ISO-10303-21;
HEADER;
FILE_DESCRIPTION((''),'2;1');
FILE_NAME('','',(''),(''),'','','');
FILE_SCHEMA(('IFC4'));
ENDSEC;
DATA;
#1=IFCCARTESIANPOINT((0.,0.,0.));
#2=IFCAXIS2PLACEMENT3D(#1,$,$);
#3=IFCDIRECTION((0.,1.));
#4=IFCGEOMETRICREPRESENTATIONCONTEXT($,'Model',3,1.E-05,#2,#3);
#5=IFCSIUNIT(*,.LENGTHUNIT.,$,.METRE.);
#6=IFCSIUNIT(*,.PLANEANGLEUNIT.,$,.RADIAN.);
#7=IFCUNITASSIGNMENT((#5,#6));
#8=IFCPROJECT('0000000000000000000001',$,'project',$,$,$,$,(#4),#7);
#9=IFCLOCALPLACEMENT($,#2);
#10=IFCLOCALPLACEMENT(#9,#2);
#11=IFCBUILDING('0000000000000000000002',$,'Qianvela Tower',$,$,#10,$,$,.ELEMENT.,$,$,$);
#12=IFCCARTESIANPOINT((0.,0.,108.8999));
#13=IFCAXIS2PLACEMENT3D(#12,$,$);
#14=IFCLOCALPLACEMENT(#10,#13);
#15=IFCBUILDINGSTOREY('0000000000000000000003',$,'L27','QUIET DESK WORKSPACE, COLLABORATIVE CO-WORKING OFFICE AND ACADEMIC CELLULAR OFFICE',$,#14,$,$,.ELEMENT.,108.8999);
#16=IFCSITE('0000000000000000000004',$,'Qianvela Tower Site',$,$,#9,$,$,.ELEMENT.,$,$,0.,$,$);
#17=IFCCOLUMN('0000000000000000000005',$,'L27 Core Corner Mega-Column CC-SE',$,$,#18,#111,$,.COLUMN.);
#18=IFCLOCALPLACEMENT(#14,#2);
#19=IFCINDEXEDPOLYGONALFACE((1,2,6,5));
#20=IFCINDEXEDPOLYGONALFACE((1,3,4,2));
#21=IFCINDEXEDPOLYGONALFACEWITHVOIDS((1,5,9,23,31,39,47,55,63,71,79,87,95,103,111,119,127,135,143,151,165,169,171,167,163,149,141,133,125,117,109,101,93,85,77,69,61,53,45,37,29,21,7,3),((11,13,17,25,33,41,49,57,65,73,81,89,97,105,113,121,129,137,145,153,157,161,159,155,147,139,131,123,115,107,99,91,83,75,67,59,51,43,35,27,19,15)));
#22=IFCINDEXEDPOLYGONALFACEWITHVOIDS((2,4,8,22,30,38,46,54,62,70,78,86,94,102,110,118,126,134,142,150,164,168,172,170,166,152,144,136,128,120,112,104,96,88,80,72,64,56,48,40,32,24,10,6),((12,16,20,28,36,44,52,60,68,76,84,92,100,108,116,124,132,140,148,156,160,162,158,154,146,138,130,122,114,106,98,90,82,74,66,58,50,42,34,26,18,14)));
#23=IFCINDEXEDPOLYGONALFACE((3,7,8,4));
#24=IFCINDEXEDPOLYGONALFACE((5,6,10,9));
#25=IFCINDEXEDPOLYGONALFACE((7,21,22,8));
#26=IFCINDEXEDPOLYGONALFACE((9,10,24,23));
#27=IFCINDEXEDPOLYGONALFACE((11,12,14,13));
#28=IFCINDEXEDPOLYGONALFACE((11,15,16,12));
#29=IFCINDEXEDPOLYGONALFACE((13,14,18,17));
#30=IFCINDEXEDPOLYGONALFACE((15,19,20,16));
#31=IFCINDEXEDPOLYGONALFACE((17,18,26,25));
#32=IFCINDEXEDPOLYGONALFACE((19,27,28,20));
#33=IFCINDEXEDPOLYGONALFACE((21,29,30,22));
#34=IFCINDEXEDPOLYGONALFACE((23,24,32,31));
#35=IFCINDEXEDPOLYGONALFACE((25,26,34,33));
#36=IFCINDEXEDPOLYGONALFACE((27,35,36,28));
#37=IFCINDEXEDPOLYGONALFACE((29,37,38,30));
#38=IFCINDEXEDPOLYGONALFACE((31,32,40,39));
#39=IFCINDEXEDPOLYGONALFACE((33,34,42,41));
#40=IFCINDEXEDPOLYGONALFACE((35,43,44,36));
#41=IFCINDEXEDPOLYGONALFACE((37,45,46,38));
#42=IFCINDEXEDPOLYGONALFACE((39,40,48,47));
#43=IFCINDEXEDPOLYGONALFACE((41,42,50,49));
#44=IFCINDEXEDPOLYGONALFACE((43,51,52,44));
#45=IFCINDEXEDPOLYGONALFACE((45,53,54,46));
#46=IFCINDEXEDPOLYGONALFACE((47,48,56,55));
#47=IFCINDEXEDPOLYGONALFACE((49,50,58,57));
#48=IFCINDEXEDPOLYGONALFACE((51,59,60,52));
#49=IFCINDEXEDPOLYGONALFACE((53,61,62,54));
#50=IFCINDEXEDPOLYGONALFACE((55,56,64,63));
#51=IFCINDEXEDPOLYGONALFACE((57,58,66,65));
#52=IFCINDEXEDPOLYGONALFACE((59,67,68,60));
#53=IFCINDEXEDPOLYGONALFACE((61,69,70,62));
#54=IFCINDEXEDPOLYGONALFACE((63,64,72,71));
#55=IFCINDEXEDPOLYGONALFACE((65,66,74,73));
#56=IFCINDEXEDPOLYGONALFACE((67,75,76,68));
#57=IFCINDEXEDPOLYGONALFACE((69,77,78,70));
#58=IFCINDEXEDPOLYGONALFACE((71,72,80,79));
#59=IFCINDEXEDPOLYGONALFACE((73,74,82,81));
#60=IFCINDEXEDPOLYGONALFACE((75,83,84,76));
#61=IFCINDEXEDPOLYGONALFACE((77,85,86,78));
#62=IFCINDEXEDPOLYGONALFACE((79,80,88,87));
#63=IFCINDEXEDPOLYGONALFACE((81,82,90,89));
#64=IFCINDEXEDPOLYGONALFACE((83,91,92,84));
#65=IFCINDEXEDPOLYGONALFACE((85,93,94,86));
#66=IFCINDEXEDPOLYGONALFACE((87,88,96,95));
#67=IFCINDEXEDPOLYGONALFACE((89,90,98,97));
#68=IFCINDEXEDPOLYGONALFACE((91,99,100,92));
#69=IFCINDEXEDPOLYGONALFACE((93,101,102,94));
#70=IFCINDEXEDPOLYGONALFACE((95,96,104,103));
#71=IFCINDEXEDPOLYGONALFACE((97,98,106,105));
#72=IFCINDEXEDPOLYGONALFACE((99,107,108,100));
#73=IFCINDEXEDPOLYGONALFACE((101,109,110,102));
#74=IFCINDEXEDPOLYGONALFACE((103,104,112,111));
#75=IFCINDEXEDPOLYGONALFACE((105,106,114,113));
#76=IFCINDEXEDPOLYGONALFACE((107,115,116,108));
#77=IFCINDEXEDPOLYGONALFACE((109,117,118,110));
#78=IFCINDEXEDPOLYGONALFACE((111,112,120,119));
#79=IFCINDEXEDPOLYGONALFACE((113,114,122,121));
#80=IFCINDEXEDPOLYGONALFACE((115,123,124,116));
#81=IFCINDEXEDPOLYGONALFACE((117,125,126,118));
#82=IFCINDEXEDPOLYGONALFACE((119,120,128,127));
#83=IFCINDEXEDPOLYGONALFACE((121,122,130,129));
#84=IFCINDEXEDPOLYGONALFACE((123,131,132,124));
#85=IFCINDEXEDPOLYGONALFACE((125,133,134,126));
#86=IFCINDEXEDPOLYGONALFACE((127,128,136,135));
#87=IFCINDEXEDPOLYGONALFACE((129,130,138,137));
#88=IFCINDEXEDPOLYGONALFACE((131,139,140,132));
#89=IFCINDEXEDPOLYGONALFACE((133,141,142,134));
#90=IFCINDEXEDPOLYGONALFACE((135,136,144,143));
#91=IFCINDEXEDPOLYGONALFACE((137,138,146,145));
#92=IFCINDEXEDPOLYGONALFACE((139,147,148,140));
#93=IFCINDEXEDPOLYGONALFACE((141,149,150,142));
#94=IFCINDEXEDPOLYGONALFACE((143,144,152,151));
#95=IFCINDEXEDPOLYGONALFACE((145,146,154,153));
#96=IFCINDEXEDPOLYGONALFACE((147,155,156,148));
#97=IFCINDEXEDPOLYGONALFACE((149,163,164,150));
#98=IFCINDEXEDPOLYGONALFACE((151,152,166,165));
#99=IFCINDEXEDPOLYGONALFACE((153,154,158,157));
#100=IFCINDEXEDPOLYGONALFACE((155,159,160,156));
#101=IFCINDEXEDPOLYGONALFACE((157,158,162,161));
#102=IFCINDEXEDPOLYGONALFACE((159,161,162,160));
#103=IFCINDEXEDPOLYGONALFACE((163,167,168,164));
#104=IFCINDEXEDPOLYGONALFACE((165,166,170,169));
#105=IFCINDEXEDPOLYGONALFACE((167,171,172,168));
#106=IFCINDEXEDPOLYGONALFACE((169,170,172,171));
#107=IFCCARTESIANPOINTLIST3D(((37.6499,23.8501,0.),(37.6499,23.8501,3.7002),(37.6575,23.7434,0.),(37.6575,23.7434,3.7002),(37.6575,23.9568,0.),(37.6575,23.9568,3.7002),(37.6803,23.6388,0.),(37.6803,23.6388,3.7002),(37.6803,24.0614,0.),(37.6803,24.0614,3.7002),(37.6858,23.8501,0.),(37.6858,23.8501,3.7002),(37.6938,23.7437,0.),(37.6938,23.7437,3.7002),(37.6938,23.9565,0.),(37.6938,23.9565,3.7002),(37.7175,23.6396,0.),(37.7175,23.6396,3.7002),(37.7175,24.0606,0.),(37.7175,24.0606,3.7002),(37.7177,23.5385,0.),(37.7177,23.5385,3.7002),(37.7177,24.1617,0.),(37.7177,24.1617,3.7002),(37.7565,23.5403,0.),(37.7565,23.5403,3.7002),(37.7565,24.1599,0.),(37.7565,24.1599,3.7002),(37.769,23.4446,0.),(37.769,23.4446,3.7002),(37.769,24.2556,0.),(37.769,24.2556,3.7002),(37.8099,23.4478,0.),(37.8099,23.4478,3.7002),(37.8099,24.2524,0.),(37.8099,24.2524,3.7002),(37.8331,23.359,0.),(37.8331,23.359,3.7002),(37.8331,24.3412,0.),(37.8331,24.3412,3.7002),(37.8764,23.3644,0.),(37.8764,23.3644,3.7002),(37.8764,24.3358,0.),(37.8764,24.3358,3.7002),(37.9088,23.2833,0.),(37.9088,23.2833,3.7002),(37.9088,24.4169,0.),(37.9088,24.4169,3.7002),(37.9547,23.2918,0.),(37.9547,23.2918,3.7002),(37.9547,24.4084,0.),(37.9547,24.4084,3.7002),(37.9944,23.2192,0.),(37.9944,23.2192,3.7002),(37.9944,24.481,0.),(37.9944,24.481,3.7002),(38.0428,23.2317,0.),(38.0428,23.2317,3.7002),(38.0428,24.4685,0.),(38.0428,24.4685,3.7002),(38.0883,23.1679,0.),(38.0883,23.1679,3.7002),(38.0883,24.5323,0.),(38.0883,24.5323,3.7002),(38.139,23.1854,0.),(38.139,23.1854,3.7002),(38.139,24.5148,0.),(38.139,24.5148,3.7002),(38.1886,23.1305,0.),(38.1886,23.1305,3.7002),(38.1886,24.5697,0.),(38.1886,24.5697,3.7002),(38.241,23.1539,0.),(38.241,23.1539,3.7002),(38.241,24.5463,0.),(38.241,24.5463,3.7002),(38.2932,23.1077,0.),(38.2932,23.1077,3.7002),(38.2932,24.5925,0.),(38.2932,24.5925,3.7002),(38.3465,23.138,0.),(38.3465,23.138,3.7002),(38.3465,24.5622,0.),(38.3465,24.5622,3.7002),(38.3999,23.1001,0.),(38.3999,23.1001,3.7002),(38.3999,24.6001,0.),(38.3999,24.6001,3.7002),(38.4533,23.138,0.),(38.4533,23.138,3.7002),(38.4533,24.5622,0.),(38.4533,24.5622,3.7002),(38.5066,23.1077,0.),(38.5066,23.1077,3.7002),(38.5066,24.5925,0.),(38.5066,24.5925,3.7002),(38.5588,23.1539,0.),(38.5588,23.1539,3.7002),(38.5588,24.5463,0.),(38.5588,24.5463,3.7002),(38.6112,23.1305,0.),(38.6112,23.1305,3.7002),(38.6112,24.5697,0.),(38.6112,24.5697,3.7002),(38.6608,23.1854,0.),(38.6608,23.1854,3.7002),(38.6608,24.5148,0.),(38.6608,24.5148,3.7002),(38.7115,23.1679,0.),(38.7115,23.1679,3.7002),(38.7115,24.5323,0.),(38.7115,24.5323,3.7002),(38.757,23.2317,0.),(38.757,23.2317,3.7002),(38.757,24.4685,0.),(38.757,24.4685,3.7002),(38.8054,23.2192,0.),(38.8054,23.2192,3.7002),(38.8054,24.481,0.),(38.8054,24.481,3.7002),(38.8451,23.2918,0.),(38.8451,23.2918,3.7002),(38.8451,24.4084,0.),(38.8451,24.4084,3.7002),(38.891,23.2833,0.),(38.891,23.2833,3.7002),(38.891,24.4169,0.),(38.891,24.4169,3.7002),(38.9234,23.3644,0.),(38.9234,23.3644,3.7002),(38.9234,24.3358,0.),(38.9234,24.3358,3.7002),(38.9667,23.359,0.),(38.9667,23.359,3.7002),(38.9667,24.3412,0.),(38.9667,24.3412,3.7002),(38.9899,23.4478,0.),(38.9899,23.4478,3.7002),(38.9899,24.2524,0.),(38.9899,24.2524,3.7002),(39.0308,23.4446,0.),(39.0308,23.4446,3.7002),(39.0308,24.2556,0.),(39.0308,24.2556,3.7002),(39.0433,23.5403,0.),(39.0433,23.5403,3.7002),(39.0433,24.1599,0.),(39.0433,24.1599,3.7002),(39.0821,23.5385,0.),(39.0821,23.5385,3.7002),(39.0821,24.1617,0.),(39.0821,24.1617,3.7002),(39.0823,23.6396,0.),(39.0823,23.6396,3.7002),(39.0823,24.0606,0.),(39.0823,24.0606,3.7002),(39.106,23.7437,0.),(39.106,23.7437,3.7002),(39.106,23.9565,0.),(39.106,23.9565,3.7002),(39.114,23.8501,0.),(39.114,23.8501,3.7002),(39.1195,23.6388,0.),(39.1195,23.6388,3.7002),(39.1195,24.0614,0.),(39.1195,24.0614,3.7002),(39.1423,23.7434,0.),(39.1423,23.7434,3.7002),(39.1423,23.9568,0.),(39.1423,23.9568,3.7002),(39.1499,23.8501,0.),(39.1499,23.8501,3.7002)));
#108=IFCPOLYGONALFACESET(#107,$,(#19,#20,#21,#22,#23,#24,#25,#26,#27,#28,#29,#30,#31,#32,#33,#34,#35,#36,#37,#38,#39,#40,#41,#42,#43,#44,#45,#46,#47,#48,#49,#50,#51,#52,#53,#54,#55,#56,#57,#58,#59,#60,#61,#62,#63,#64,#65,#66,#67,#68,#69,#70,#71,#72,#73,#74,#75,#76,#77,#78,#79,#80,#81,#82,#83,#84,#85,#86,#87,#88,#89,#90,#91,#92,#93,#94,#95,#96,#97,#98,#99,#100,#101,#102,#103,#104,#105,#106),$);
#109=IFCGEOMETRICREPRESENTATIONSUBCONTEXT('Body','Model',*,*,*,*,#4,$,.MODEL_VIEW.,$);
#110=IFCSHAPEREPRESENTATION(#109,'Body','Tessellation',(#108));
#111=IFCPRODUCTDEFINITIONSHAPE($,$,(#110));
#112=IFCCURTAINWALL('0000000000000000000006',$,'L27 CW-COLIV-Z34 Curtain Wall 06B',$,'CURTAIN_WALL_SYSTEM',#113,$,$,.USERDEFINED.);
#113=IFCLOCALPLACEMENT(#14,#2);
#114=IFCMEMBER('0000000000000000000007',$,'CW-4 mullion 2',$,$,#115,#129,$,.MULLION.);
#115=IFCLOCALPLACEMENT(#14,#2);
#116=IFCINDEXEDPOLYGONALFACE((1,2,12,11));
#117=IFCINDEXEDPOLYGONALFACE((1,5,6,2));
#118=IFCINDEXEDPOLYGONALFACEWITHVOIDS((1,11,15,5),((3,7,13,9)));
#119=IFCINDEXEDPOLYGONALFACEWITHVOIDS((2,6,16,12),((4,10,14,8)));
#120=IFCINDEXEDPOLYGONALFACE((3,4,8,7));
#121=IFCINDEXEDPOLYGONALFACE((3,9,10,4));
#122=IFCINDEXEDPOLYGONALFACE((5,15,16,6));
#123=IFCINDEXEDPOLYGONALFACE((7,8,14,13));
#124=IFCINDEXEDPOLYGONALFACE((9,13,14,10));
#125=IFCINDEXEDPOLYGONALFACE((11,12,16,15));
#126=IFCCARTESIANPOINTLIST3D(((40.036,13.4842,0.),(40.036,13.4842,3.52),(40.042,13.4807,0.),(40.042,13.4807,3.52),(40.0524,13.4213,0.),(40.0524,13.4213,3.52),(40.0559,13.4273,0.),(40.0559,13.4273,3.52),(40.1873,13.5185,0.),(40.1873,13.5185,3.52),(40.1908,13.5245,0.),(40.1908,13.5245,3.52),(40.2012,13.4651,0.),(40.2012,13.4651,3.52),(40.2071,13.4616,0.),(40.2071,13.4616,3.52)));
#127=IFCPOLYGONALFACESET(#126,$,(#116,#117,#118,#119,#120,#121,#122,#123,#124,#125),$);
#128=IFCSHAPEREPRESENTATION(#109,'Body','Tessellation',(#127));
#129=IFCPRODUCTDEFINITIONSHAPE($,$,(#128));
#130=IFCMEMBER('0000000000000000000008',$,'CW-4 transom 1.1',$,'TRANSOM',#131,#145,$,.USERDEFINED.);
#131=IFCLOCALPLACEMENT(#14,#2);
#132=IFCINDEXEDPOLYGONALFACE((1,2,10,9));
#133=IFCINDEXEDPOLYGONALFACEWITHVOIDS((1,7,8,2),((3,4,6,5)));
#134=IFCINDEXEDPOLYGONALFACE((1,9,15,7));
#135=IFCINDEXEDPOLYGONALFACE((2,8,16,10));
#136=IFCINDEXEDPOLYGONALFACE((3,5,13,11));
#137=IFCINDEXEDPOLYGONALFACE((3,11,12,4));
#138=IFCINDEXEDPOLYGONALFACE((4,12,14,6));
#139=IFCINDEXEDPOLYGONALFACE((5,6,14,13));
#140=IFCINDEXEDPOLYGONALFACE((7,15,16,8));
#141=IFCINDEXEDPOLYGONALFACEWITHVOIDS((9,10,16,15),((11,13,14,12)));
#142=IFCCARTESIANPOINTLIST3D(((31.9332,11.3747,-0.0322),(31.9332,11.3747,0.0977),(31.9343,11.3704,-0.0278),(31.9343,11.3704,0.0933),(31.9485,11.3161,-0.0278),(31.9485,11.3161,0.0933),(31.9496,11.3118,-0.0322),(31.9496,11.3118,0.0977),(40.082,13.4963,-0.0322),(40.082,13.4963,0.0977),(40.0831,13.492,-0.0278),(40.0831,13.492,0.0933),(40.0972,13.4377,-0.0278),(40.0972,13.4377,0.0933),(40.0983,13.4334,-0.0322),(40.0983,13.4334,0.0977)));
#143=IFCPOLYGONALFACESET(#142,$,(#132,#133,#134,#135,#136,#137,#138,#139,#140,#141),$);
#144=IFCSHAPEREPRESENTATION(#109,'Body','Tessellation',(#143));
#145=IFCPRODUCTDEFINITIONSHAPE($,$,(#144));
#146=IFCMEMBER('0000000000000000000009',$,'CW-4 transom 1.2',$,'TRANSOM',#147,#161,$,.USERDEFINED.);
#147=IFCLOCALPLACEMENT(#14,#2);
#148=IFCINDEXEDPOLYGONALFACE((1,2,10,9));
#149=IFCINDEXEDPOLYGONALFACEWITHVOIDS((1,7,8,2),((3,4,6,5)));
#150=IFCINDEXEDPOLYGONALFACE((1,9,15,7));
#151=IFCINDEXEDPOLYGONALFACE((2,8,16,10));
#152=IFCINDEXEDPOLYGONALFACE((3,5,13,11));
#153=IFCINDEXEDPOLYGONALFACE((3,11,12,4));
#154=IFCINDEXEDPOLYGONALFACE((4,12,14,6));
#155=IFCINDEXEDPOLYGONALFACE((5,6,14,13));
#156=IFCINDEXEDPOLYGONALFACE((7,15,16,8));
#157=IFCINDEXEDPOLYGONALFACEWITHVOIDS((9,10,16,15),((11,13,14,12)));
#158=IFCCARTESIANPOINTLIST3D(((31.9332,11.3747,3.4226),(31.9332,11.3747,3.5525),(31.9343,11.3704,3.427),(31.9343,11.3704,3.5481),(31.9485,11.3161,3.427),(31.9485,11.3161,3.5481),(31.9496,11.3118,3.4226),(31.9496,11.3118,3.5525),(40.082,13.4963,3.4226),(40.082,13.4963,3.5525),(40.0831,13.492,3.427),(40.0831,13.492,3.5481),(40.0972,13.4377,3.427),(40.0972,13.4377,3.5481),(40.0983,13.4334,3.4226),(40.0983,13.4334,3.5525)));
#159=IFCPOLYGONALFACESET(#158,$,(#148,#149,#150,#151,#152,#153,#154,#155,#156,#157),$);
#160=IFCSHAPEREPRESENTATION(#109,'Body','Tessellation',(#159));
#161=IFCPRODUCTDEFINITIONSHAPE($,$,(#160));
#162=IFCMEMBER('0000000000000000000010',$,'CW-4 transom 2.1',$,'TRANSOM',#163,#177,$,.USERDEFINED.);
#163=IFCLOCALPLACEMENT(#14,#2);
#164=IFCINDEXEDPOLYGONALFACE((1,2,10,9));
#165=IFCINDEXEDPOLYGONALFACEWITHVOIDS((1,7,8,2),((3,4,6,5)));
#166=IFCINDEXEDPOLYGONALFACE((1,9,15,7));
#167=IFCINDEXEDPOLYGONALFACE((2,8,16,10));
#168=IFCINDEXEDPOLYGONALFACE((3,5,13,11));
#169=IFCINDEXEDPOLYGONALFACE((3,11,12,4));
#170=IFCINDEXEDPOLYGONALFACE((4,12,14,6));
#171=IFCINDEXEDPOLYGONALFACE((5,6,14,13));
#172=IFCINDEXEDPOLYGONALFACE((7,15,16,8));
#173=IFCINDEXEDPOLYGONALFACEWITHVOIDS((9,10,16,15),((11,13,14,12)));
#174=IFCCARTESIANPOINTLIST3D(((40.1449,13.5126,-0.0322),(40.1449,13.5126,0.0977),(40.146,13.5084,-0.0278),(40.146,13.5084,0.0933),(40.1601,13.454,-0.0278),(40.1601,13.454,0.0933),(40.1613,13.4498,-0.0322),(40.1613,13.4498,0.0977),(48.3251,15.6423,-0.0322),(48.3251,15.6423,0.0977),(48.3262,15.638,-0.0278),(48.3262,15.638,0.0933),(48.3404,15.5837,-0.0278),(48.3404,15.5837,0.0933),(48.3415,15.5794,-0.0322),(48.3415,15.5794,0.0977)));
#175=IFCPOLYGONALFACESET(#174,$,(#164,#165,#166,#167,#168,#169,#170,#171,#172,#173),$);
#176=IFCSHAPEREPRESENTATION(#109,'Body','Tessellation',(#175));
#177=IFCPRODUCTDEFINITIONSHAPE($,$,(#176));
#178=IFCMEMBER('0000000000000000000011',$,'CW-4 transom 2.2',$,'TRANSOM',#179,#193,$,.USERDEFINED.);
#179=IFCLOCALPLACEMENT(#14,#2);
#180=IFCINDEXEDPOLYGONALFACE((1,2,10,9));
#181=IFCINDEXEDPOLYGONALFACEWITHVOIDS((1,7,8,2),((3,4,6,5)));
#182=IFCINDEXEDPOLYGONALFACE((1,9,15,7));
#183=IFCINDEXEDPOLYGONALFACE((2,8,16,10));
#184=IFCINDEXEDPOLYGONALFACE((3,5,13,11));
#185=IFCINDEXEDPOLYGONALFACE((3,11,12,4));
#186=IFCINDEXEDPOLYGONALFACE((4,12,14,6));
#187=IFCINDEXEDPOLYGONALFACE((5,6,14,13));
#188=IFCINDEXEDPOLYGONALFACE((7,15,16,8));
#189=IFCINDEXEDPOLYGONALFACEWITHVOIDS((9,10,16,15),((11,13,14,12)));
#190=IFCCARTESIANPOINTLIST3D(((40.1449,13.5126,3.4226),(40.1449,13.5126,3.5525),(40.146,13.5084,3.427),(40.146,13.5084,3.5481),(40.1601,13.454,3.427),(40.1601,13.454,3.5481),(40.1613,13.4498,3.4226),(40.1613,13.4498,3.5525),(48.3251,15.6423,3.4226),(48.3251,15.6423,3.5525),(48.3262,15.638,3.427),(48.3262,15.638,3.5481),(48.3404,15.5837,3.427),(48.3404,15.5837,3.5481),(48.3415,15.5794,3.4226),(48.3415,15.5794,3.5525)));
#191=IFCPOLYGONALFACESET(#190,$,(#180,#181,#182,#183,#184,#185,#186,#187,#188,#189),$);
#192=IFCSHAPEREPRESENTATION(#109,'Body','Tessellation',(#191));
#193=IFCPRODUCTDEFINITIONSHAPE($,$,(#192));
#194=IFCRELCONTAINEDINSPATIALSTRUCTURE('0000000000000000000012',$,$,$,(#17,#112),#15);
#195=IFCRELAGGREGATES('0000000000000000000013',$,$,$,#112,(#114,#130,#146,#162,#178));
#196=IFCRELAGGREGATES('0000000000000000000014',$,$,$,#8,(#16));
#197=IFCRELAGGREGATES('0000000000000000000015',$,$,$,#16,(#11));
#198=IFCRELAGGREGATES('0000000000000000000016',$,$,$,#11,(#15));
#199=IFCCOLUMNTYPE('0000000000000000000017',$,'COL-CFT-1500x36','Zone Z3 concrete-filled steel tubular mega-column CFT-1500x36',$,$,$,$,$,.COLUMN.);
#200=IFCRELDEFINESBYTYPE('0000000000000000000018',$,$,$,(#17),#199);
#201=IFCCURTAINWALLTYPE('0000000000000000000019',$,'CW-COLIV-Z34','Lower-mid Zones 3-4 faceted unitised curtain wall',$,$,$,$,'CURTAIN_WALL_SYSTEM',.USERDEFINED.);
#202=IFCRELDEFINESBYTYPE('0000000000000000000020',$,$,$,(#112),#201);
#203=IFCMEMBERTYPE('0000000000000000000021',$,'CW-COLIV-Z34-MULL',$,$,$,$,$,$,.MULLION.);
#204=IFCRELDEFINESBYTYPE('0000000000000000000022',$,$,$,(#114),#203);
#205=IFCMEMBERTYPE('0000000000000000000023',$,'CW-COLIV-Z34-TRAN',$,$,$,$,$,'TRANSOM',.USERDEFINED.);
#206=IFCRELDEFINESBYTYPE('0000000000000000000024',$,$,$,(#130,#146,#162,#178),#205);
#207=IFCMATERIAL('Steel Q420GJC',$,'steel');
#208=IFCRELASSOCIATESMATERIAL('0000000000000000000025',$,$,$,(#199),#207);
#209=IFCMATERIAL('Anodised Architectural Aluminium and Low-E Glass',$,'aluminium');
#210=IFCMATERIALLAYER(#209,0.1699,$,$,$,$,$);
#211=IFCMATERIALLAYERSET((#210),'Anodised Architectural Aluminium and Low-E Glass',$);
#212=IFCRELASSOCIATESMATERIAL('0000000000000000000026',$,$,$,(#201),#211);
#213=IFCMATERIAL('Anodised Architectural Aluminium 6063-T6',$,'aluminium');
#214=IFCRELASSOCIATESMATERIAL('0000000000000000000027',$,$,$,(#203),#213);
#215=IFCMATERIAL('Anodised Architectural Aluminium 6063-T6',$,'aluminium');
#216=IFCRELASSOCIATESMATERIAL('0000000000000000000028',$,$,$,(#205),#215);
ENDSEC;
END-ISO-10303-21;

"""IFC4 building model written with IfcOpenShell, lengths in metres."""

from ifc_helpers import new_model, si_unit, direction, frame, origin, origin_2d, place, context, subcontext, project, spatial, hollow_rectangle, hollow_circle, extrude, material, layer, layer_set, material_profile, profile_set, type_object, element, aggregate, save


model = new_model("IFC4")

# Units and contexts
model_context = context("Model", 3, precision=1e-05, world=origin(), true_north=direction((0.0, 1.0)))
body_context = subcontext(model_context, "Body", "Model", "MODEL_VIEW")
ifc_project = project(units=[si_unit("LENGTHUNIT", "METRE"), si_unit("PLANEANGLEUNIT", "RADIAN")], contexts=[model_context])

# Site, building, storey
site_placement = place(None, origin())
site = spatial("IfcSite", under=ifc_project, at=site_placement, Name="Qianvela Tower Site", CompositionType="ELEMENT", RefElevation=0.0)
building_placement = place(site_placement, origin())
building = spatial("IfcBuilding", under=site, at=building_placement, Name="Qianvela Tower", CompositionType="ELEMENT")
storey_placement = place(building_placement, frame((0.0, 0.0, 108.8999)))
storey = spatial("IfcBuildingStorey", under=building, at=storey_placement, Name="L27", Description="QUIET DESK WORKSPACE, COLLABORATIVE CO-WORKING OFFICE AND ACADEMIC CELLULAR OFFICE", CompositionType="ELEMENT", Elevation=108.8999)

# Column
ifc_material_1 = material(Name="Steel Q420GJC", Category="steel")
ifc_material_profile_1 = material_profile(ifc_material_1, hollow_circle(Radius=0.75, WallThickness=0.0359, at=origin_2d()), Name="CFT-1500x36")
ifc_profile_set_1 = profile_set([ifc_material_profile_1], Name="Steel Q420GJC")
column_type = type_object("IfcColumnType", Name="COL-CFT-1500x36", Description="Zone Z3 concrete-filled steel tubular mega-column CFT-1500x36", PredefinedType="COLUMN", material=ifc_profile_set_1)
column_placement = place(storey_placement, frame((38.3999, 23.8501, 0.0), z_axis=(0.0, 0.0, 1.0), x_axis=(1.0, 0.0, 0.0)))
element("IfcColumn", 1, at=column_placement, inside=storey, type_object=column_type, Name="L27 Core Corner Mega-Column CC-SE", PredefinedType="COLUMN", context=body_context, shape_type="SweptSolid", body=[
    extrude(hollow_circle(Radius=0.75, WallThickness=0.0359, at=origin_2d()), origin(), (0.0, 0.0, 1.0), 3.7002),
])

# Curtain wall, members
ifc_material_2 = material(Name="Anodised Architectural Aluminium and Low-E Glass", Category="aluminium")
ifc_layer_1 = layer(ifc_material_2, 0.1699)
ifc_layer_set_1 = layer_set([ifc_layer_1], Name="Anodised Architectural Aluminium and Low-E Glass")
curtain_wall_type = type_object("IfcCurtainWallType", Name="CW-COLIV-Z34", Description="Lower-mid Zones 3-4 faceted unitised curtain wall", ElementType="CURTAIN_WALL_SYSTEM", PredefinedType="USERDEFINED", material=ifc_layer_set_1)
curtain_wall_placement = place(storey_placement, origin())
curtain_wall = element("IfcCurtainWall", 2, at=curtain_wall_placement, inside=storey, type_object=curtain_wall_type, Name="L27 CW-COLIV-Z34 Curtain Wall 06B", ObjectType="CURTAIN_WALL_SYSTEM", PredefinedType="USERDEFINED")
ifc_material_3 = material(Name="Anodised Architectural Aluminium 6063-T6", Category="aluminium")
ifc_material_profile_2 = material_profile(ifc_material_3, hollow_rectangle(XDim=0.0649, YDim=0.1599, WallThickness=0.0049, at=origin_2d()), Name="ALU-MULL-65x160")
ifc_profile_set_2 = profile_set([ifc_material_profile_2], Name="Anodised Architectural Aluminium 6063-T6")
member_type_1 = type_object("IfcMemberType", Name="CW-COLIV-Z34-MULL", PredefinedType="MULLION", material=ifc_profile_set_2)
member_1_placement = place(storey_placement, frame((40.1216, 13.4729, 0.0), z_axis=(0.0, 0.0, 1.0), x_axis=(-0.251949, 0.96774, 0.0)))
member_1 = element("IfcMember", 3, at=member_1_placement, type_object=member_type_1, Name="CW-4 mullion 2", PredefinedType="MULLION", context=body_context, shape_type="SweptSolid", body=[
    extrude(hollow_rectangle(XDim=0.0649, YDim=0.1599, WallThickness=0.0049, at=origin_2d()), origin(), (0.0, 0.0, 1.0), 3.52),
])
ifc_material_4 = material(Name="Anodised Architectural Aluminium 6063-T6", Category="aluminium")
ifc_material_profile_3 = material_profile(ifc_material_4, hollow_rectangle(XDim=0.0649, YDim=0.1299, WallThickness=0.0044, at=origin_2d()), Name="ALU-TRAN-65x130")
ifc_profile_set_3 = profile_set([ifc_material_profile_3], Name="Anodised Architectural Aluminium 6063-T6")
member_type_2 = type_object("IfcMemberType", Name="CW-COLIV-Z34-TRAN", ElementType="TRANSOM", PredefinedType="USERDEFINED", material=ifc_profile_set_3)
member_2_placement = place(storey_placement, frame((31.9414, 11.3433, 0.0327), z_axis=(0.967738, 0.251959, 0.0), x_axis=(-0.251959, 0.967738, 0.0)))
member_2 = element("IfcMember", 4, at=member_2_placement, type_object=member_type_2, Name="CW-4 transom 1.1", ObjectType="TRANSOM", PredefinedType="USERDEFINED", context=body_context, shape_type="SweptSolid", body=[
    extrude(hollow_rectangle(XDim=0.0649, YDim=0.1299, WallThickness=0.0044, at=origin_2d()), origin(), (0.0, 0.0, 1.0), 8.4204),
])
member_3_placement = place(storey_placement, frame((31.9414, 11.3433, 3.4875), z_axis=(0.967738, 0.251959, 0.0), x_axis=(-0.251959, 0.967738, 0.0)))
member_3 = element("IfcMember", 5, at=member_3_placement, type_object=member_type_2, Name="CW-4 transom 1.2", ObjectType="TRANSOM", PredefinedType="USERDEFINED", context=body_context, shape_type="SweptSolid", body=[
    extrude(hollow_rectangle(XDim=0.0649, YDim=0.1299, WallThickness=0.0044, at=origin_2d()), origin(), (0.0, 0.0, 1.0), 8.4204),
])
member_4_placement = place(storey_placement, frame((40.1531, 13.4812, 0.0327), z_axis=(0.967742, 0.251943, 0.0), x_axis=(-0.251943, 0.967742, 0.0)))
member_4 = element("IfcMember", 6, at=member_4_placement, type_object=member_type_2, Name="CW-4 transom 2.1", ObjectType="TRANSOM", PredefinedType="USERDEFINED", context=body_context, shape_type="SweptSolid", body=[
    extrude(hollow_rectangle(XDim=0.0649, YDim=0.1299, WallThickness=0.0044, at=origin_2d()), origin(), (0.0, 0.0, 1.0), 8.4529),
])
member_5_placement = place(storey_placement, frame((40.1531, 13.4812, 3.4875), z_axis=(0.967742, 0.251943, 0.0), x_axis=(-0.251943, 0.967742, 0.0)))
member_5 = element("IfcMember", 7, at=member_5_placement, type_object=member_type_2, Name="CW-4 transom 2.2", ObjectType="TRANSOM", PredefinedType="USERDEFINED", context=body_context, shape_type="SweptSolid", body=[
    extrude(hollow_rectangle(XDim=0.0649, YDim=0.1299, WallThickness=0.0044, at=origin_2d()), origin(), (0.0, 0.0, 1.0), 8.4529),
])
aggregate(curtain_wall, [member_1, member_2, member_3, member_4, member_5])

save(model, "model.ifc")
